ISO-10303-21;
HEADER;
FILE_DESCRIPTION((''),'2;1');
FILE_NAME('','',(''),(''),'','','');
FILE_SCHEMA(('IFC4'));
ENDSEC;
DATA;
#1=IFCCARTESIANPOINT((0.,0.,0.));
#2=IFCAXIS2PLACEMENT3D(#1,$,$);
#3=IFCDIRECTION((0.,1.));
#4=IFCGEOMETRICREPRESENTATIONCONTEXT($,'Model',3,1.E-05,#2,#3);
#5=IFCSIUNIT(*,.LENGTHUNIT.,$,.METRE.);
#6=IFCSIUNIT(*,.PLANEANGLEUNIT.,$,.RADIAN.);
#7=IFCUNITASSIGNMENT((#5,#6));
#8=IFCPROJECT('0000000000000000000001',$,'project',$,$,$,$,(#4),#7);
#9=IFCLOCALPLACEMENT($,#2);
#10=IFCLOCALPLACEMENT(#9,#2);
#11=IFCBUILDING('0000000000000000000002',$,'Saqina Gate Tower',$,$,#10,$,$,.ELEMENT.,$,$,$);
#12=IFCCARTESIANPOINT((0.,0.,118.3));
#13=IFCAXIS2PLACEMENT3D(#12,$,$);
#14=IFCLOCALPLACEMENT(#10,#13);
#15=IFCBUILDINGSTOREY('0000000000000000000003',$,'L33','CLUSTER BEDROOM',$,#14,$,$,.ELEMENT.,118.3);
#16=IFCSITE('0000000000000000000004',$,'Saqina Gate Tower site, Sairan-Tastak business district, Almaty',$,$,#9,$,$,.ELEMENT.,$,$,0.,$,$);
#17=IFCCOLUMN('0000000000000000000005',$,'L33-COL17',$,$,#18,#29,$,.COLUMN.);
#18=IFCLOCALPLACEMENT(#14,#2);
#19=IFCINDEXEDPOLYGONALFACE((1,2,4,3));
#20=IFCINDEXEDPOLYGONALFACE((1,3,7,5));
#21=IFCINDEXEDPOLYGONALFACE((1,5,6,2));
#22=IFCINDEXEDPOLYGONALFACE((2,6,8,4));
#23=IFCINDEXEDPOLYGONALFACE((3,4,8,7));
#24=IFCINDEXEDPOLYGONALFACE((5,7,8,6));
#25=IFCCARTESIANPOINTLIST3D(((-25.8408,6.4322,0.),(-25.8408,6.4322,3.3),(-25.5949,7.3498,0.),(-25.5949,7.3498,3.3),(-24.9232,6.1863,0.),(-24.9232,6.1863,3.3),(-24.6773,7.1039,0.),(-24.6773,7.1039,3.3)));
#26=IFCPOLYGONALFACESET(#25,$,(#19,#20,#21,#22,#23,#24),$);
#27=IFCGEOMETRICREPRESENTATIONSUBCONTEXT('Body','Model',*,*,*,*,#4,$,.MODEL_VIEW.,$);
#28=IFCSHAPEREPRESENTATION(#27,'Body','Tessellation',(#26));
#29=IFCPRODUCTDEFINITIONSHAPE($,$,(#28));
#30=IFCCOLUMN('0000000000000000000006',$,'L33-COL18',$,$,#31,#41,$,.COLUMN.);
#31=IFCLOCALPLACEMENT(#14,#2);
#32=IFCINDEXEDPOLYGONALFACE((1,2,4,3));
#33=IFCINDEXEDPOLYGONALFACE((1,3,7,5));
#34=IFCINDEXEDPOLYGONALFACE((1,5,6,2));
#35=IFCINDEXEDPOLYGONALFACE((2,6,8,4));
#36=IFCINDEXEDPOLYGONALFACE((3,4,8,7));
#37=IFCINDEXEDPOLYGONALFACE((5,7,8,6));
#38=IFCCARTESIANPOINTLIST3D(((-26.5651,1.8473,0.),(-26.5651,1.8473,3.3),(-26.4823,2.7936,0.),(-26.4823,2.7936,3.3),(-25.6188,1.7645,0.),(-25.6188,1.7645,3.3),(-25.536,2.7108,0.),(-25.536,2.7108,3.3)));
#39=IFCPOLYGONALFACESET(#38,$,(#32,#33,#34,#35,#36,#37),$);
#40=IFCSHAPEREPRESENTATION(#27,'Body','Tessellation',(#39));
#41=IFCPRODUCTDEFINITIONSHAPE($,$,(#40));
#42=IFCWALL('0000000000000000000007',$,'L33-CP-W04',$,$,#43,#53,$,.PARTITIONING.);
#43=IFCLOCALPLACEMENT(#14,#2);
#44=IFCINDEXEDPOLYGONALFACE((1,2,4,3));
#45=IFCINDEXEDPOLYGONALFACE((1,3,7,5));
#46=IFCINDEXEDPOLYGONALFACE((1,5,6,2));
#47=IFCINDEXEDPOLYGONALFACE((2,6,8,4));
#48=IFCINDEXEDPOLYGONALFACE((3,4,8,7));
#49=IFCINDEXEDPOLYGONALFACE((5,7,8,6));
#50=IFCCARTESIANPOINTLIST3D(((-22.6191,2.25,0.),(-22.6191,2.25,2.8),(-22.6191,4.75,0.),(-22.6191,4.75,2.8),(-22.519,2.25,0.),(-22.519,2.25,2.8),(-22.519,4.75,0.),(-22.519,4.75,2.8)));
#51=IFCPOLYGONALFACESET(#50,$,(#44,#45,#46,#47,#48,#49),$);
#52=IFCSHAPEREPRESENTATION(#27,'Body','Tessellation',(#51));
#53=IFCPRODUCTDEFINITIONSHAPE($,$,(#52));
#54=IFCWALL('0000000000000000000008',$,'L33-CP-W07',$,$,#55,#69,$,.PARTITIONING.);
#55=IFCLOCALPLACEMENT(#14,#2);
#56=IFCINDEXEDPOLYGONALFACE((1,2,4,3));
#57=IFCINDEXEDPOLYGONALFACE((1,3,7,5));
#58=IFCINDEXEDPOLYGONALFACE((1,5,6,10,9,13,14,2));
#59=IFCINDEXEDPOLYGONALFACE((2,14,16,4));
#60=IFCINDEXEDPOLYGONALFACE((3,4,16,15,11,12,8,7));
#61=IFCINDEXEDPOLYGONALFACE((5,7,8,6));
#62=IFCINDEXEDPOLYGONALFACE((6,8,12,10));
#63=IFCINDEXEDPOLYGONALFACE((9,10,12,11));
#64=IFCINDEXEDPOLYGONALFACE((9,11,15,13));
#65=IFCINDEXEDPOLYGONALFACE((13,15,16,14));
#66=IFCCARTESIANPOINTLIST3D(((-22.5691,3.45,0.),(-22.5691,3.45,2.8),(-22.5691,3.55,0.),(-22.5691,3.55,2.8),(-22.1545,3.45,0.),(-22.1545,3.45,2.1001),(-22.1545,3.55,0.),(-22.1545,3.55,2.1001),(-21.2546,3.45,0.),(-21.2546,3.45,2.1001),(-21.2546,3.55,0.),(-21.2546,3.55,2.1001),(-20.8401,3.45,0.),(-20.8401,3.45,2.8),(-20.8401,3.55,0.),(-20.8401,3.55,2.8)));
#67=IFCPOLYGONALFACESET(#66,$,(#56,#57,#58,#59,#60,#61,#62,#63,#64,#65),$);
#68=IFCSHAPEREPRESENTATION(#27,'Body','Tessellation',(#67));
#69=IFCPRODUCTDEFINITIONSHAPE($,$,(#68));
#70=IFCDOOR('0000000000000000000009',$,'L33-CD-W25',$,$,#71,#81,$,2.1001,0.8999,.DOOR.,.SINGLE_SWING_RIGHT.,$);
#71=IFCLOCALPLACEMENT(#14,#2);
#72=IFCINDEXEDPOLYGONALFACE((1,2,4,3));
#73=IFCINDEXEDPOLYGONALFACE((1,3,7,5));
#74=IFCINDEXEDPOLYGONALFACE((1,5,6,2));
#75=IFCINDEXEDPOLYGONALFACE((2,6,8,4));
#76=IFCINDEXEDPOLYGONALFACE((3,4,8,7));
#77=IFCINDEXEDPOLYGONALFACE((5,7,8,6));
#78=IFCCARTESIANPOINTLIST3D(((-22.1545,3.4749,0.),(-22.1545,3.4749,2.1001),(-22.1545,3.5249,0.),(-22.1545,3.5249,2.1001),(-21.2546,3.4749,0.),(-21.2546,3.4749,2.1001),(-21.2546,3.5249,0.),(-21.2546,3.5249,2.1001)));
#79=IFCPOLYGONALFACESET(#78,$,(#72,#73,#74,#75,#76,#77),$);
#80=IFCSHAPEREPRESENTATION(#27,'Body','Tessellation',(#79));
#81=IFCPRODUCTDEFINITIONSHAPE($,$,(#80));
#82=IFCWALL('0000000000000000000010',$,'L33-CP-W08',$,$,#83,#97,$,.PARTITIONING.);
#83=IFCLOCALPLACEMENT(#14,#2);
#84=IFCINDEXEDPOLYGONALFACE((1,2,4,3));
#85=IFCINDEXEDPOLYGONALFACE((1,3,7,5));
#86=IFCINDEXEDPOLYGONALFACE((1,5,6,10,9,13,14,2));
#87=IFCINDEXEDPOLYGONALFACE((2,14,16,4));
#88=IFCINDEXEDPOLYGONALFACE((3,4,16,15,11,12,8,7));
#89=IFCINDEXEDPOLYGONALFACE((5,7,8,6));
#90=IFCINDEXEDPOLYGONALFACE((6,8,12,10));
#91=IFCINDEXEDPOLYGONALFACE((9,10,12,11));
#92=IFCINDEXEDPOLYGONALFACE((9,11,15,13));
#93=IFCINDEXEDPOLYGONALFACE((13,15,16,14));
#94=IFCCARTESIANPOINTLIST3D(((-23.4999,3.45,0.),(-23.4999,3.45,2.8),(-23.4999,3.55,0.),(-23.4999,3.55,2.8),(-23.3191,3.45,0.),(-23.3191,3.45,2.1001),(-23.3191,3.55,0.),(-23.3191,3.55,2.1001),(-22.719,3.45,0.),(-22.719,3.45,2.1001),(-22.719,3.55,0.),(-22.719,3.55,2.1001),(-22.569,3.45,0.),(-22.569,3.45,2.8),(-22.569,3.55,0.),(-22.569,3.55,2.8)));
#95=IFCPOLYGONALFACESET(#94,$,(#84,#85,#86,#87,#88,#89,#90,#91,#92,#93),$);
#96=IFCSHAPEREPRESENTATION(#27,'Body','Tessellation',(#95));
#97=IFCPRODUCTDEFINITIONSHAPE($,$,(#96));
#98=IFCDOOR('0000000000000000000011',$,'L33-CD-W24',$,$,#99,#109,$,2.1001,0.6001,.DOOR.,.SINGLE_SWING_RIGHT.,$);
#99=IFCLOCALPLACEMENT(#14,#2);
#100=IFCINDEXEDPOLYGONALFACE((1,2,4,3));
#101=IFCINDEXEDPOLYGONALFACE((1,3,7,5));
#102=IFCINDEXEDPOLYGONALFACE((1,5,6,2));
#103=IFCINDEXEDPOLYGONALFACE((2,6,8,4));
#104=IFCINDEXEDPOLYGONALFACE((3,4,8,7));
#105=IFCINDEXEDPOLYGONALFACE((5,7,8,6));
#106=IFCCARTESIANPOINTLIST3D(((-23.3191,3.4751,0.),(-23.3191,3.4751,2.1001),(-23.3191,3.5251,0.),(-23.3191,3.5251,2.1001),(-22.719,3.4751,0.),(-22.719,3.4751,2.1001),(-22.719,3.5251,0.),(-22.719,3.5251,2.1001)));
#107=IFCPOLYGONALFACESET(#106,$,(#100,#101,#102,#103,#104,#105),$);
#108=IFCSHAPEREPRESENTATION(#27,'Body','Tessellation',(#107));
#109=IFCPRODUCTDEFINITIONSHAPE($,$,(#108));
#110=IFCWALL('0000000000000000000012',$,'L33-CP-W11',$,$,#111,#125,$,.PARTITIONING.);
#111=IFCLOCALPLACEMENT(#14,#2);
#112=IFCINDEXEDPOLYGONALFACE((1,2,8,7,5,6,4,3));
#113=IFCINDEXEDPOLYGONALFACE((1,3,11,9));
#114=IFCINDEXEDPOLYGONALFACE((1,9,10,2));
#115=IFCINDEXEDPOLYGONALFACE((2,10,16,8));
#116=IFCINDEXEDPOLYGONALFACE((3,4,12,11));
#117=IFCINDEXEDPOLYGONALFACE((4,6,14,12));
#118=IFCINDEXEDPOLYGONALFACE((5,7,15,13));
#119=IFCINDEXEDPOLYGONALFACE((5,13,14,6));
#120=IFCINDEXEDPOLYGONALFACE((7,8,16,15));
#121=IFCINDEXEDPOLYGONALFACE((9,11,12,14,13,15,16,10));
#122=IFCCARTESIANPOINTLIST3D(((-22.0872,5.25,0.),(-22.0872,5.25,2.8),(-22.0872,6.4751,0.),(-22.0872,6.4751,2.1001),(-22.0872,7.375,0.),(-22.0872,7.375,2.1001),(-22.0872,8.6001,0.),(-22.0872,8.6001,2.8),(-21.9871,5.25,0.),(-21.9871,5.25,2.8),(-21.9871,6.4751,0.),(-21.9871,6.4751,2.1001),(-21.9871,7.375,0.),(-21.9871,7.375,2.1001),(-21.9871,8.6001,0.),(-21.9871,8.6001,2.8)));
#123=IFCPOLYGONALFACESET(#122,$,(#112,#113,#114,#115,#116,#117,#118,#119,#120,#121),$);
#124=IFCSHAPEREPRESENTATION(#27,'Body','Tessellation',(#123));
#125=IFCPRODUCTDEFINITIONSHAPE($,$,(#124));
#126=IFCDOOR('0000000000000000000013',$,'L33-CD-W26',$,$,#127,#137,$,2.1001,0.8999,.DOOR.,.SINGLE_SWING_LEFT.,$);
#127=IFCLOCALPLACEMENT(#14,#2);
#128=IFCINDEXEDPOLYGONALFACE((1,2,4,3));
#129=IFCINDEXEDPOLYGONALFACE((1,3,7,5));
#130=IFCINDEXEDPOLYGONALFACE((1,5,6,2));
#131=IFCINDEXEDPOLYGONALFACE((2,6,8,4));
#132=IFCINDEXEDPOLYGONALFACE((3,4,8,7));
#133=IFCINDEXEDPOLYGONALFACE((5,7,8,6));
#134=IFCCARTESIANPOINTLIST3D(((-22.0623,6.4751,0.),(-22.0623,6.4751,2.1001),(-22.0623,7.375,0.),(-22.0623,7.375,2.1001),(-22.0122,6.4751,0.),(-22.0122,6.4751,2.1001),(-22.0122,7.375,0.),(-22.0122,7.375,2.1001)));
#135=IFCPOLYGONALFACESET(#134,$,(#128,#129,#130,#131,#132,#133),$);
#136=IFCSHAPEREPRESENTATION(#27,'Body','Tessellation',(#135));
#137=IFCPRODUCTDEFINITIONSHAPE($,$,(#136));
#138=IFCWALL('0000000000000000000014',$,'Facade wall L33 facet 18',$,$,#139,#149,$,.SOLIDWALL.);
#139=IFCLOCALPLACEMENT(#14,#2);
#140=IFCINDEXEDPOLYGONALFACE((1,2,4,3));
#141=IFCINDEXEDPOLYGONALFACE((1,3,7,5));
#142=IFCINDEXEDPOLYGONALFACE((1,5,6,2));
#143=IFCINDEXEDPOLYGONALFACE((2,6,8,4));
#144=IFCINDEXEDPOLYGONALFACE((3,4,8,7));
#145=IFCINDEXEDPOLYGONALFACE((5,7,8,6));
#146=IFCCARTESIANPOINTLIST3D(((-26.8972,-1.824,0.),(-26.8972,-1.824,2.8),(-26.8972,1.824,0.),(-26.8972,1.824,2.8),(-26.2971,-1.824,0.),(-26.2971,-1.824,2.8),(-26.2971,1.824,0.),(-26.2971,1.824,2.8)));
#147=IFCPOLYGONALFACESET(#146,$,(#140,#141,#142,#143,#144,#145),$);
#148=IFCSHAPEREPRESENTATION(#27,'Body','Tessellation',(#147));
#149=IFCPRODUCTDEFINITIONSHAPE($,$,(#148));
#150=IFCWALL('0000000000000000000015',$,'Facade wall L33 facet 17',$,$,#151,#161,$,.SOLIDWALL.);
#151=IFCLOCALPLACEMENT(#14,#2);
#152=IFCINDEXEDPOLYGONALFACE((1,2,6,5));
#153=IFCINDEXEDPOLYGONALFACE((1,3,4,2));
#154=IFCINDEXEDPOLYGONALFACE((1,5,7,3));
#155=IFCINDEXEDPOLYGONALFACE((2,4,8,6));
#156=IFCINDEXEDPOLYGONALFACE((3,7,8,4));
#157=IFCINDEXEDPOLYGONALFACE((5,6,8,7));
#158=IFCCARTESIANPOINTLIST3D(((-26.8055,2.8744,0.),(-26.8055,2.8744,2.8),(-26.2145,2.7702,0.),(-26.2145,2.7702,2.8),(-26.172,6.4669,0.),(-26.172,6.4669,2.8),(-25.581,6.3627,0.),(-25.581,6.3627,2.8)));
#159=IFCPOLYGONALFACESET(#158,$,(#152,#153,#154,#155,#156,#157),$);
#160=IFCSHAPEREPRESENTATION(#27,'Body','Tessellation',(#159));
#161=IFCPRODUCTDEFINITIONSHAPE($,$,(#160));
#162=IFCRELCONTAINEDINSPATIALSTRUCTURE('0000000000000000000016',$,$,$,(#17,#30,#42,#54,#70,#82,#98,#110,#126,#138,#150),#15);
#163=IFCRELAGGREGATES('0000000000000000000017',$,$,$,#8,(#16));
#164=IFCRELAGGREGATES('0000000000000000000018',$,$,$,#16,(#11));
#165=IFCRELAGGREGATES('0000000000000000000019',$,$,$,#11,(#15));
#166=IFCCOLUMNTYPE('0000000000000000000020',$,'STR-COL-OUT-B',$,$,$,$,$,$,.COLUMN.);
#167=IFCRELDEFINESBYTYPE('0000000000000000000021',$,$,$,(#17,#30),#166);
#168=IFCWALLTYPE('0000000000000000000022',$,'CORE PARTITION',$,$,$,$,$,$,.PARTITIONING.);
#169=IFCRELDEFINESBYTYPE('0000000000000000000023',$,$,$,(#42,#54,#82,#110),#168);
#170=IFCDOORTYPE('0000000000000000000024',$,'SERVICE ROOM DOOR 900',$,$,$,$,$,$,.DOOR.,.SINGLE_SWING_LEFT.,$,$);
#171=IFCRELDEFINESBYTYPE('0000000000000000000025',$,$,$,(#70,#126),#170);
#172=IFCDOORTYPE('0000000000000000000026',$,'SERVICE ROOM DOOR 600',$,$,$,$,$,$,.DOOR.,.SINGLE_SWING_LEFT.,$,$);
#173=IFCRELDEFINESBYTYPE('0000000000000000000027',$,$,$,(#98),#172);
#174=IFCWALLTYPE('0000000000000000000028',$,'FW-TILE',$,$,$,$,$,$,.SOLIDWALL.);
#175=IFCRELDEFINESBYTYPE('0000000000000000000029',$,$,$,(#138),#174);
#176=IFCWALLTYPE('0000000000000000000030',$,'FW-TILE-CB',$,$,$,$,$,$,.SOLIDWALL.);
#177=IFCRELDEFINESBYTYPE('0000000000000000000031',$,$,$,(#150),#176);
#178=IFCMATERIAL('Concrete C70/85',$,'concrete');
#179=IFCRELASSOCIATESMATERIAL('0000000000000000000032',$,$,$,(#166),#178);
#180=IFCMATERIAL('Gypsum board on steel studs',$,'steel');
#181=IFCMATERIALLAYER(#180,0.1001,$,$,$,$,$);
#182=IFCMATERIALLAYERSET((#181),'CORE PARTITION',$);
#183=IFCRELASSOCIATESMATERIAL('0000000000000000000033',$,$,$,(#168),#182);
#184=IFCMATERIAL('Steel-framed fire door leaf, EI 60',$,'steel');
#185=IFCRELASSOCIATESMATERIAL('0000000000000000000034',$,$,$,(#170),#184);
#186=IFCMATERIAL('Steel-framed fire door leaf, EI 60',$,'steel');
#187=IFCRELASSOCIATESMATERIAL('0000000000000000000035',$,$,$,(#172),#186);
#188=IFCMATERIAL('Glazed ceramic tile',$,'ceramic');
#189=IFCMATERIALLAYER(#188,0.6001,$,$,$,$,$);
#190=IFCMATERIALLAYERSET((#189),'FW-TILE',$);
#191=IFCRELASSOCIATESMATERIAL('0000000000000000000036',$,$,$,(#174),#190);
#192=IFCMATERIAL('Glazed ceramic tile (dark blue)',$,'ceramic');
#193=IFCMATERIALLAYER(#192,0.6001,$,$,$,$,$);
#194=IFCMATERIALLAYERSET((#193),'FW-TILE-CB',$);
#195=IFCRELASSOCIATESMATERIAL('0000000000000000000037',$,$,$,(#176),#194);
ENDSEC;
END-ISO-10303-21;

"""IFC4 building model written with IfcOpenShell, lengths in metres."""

from ifc_helpers import new_model, si_unit, direction, frame, frame_2d, origin, origin_2d, place, context, subcontext, project, spatial, rectangle, extrude, material, layer, layer_set, material_profile, profile_set, type_object, element, fill, save


model = new_model("IFC4")

# Units and contexts
model_context = context("Model", 3, precision=1e-05, world=origin(), true_north=direction((0.0, 1.0)))
body_context = subcontext(model_context, "Body", "Model", "MODEL_VIEW")
ifc_project = project(units=[si_unit("LENGTHUNIT", "METRE"), si_unit("PLANEANGLEUNIT", "RADIAN")], contexts=[model_context])

# Site, building, storey
site_placement = place(None, origin())
site = spatial("IfcSite", under=ifc_project, at=site_placement, Name="Saqina Gate Tower site, Sairan-Tastak business district, Almaty", CompositionType="ELEMENT", RefElevation=0.0)
building_placement = place(site_placement, origin())
building = spatial("IfcBuilding", under=site, at=building_placement, Name="Saqina Gate Tower", CompositionType="ELEMENT")
storey_placement = place(building_placement, frame((0.0, 0.0, 118.3)))
storey = spatial("IfcBuildingStorey", under=building, at=storey_placement, Name="L33", Description="CLUSTER BEDROOM", CompositionType="ELEMENT", Elevation=118.3)

# Columns
ifc_material_1 = material(Name="Concrete C70/85", Category="concrete")
ifc_material_profile = material_profile(ifc_material_1, rectangle(XDim=0.95, YDim=0.95, at=origin_2d()), Name="RC 950x950")
ifc_profile_set = profile_set([ifc_material_profile], Name="Concrete C70/85")
column_type = type_object("IfcColumnType", Name="STR-COL-OUT-B", PredefinedType="COLUMN", material=ifc_profile_set)
for number, where, z_axis, x_axis, name in (
    (1, (-25.259, 6.7681, 0.0), (0.0, 0.0, 1.0), (-0.965926, 0.258819, 0.0), "L33-COL17"),
    (2, (-26.0505, 2.2791, 0.0), (0.0, 0.0, 1.0), (-0.996195, 0.087156, 0.0), "L33-COL18"),
):
    element("IfcColumn", number, at=place(storey_placement, frame(where, z_axis=z_axis, x_axis=x_axis)), inside=storey, type_object=column_type, Name=name, PredefinedType="COLUMN", context=body_context, shape_type="SweptSolid", body=[
        extrude(rectangle(XDim=0.95, YDim=0.95, at=origin_2d()), origin(), (0.0, 0.0, 1.0), 3.3),
    ])

# Wall
ifc_material_2 = material(Name="Gypsum board on steel studs", Category="steel")
ifc_layer_1 = layer(ifc_material_2, 0.1001)
ifc_layer_set_1 = layer_set([ifc_layer_1], Name="CORE PARTITION")
wall_type_1 = type_object("IfcWallType", Name="CORE PARTITION", PredefinedType="PARTITIONING", material=ifc_layer_set_1)
wall_1_placement = place(storey_placement, frame((-22.5691, 2.25, 0.0), z_axis=(0.0, 0.0, 1.0), x_axis=(0.0, 1.0, 0.0)))
element("IfcWall", 3, at=wall_1_placement, inside=storey, type_object=wall_type_1, Name="L33-CP-W04", PredefinedType="PARTITIONING", context=body_context, shape_type="SweptSolid", body=[
    extrude(rectangle(XDim=2.5, YDim=0.1001, at=frame_2d((1.25, 0.0))), origin(), (0.0, 0.0, 1.0), 2.8),
])

# Walls, openings, doors
wall_2_placement = place(storey_placement, frame((-20.8401, 3.5, 0.0), z_axis=(0.0, 0.0, 1.0), x_axis=(-1.0, 0.0, 0.0)))
wall_2 = element("IfcWall", 4, at=wall_2_placement, inside=storey, type_object=wall_type_1, Name="L33-CP-W07", PredefinedType="PARTITIONING", context=body_context, shape_type="SweptSolid", body=[
    extrude(rectangle(XDim=1.729, YDim=0.1001, at=frame_2d((0.8645, 0.0))), origin(), (0.0, 0.0, 1.0), 2.8),
])
opening_1_placement = place(wall_2_placement, frame((0.4146, 0.0, 0.0)))
opening_1 = element("IfcOpeningElement", 5, at=opening_1_placement, cuts=wall_2, PredefinedType="OPENING", context=body_context, shape_type="SweptSolid", body=[
    extrude(rectangle(XDim=0.8999, YDim=2.1001, at=frame_2d((0.45, 1.05))), frame((0.0, 0.062, 0.0), z_axis=(0.0, -1.0, 0.0), x_axis=(1.0, 0.0, 0.0)), (0.0, 0.0, 1.0), 0.124),
])
ifc_material_3 = material(Name="Steel-framed fire door leaf, EI 60", Category="steel")
door_type_1 = type_object("IfcDoorType", Name="SERVICE ROOM DOOR 900", OperationType="SINGLE_SWING_LEFT", PredefinedType="DOOR", material=ifc_material_3)
door_1_placement = place(opening_1_placement, frame((0.8999, 0.0, 0.0), z_axis=(0.0, 0.0, 1.0), x_axis=(-1.0, 0.0, 0.0)))
door_1 = element("IfcDoor", 6, at=door_1_placement, inside=storey, type_object=door_type_1, Name="L33-CD-W25", OperationType="SINGLE_SWING_RIGHT", OverallHeight=2.1001, OverallWidth=0.8999, PredefinedType="DOOR", context=body_context, shape_type="SweptSolid", body=[
    extrude(rectangle(XDim=0.8999, YDim=2.1001, at=frame_2d((0.45, 1.05))), frame((0.0, 0.0249, 0.0), z_axis=(0.0, -1.0, 0.0), x_axis=(1.0, 0.0, 0.0)), (0.0, 0.0, 1.0), 0.05),
])
fill(opening_1, door_1)
wall_3_placement = place(storey_placement, frame((-22.5691, 3.5, 0.0), z_axis=(0.0, 0.0, 1.0), x_axis=(-1.0, 0.0, 0.0)))
wall_3 = element("IfcWall", 7, at=wall_3_placement, inside=storey, type_object=wall_type_1, Name="L33-CP-W08", PredefinedType="PARTITIONING", context=body_context, shape_type="SweptSolid", body=[
    extrude(rectangle(XDim=0.9309, YDim=0.1001, at=frame_2d((0.4653, 0.0))), origin(), (0.0, 0.0, 1.0), 2.8),
])
opening_2_placement = place(wall_3_placement, frame((0.1499, 0.0, 0.0)))
opening_2 = element("IfcOpeningElement", 8, at=opening_2_placement, cuts=wall_3, PredefinedType="OPENING", context=body_context, shape_type="SweptSolid", body=[
    extrude(rectangle(XDim=0.6001, YDim=2.1001, at=frame_2d((0.3, 1.05))), frame((0.0, 0.062, 0.0), z_axis=(0.0, -1.0, 0.0), x_axis=(1.0, 0.0, 0.0)), (0.0, 0.0, 1.0), 0.124),
])
ifc_material_4 = material(Name="Steel-framed fire door leaf, EI 60", Category="steel")
door_type_2 = type_object("IfcDoorType", Name="SERVICE ROOM DOOR 600", OperationType="SINGLE_SWING_LEFT", PredefinedType="DOOR", material=ifc_material_4)
door_2_placement = place(opening_2_placement, origin())
door_2 = element("IfcDoor", 9, at=door_2_placement, inside=storey, type_object=door_type_2, Name="L33-CD-W24", OperationType="SINGLE_SWING_RIGHT", OverallHeight=2.1001, OverallWidth=0.6001, PredefinedType="DOOR", context=body_context, shape_type="SweptSolid", body=[
    extrude(rectangle(XDim=0.6001, YDim=2.1001, at=frame_2d((0.3, 1.05))), frame((0.0, 0.0249, 0.0), z_axis=(0.0, -1.0, 0.0), x_axis=(1.0, 0.0, 0.0)), (0.0, 0.0, 1.0), 0.05),
])
fill(opening_2, door_2)
wall_4_placement = place(storey_placement, frame((-22.0371, 5.25, 0.0), z_axis=(0.0, 0.0, 1.0), x_axis=(0.0, 1.0, 0.0)))
wall_4 = element("IfcWall", 10, at=wall_4_placement, inside=storey, type_object=wall_type_1, Name="L33-CP-W11", PredefinedType="PARTITIONING", context=body_context, shape_type="SweptSolid", body=[
    extrude(rectangle(XDim=3.3501, YDim=0.1001, at=frame_2d((1.675, 0.0))), origin(), (0.0, 0.0, 1.0), 2.8),
])
opening_3_placement = place(wall_4_placement, frame((1.2251, 0.0, 0.0)))
opening_3 = element("IfcOpeningElement", 11, at=opening_3_placement, cuts=wall_4, PredefinedType="OPENING", context=body_context, shape_type="SweptSolid", body=[
    extrude(rectangle(XDim=0.8999, YDim=2.1001, at=frame_2d((0.45, 1.05))), frame((0.0, 0.062, 0.0), z_axis=(0.0, -1.0, 0.0), x_axis=(1.0, 0.0, 0.0)), (0.0, 0.0, 1.0), 0.124),
])
door_3_placement = place(opening_3_placement, frame((0.8999, 0.0, 0.0), z_axis=(0.0, 0.0, 1.0), x_axis=(-1.0, 0.0, 0.0)))
door_3 = element("IfcDoor", 12, at=door_3_placement, inside=storey, type_object=door_type_1, Name="L33-CD-W26", OperationType="SINGLE_SWING_LEFT", OverallHeight=2.1001, OverallWidth=0.8999, PredefinedType="DOOR", context=body_context, shape_type="SweptSolid", body=[
    extrude(rectangle(XDim=0.8999, YDim=2.1001, at=frame_2d((0.45, 1.05))), frame((0.0, 0.0249, 0.0), z_axis=(0.0, -1.0, 0.0), x_axis=(1.0, 0.0, 0.0)), (0.0, 0.0, 1.0), 0.05),
])
fill(opening_3, door_3)

# Walls
ifc_material_5 = material(Name="Glazed ceramic tile", Category="ceramic")
ifc_layer_2 = layer(ifc_material_5, 0.6001)
ifc_layer_set_2 = layer_set([ifc_layer_2], Name="FW-TILE")
wall_type_2 = type_object("IfcWallType", Name="FW-TILE", PredefinedType="SOLIDWALL", material=ifc_layer_set_2)
wall_5_placement = place(storey_placement, frame((-26.5972, 1.824, 0.0), z_axis=(0.0, 0.0, 1.0), x_axis=(0.0, -1.0, 0.0)))
element("IfcWall", 13, at=wall_5_placement, inside=storey, type_object=wall_type_2, Name="Facade wall L33 facet 18", PredefinedType="SOLIDWALL", context=body_context, shape_type="SweptSolid", body=[
    extrude(rectangle(XDim=3.6479, YDim=0.6001, at=frame_2d((1.824, 0.0))), origin(), (0.0, 0.0, 1.0), 2.8),
])
ifc_material_6 = material(Name="Glazed ceramic tile (dark blue)", Category="ceramic")
ifc_layer_3 = layer(ifc_material_6, 0.6001)
ifc_layer_set_3 = layer_set([ifc_layer_3], Name="FW-TILE-CB")
wall_type_3 = type_object("IfcWallType", Name="FW-TILE-CB", PredefinedType="SOLIDWALL", material=ifc_layer_set_3)
wall_6_placement = place(storey_placement, frame((-25.8765, 6.4148, 0.0), z_axis=(0.0, 0.0, 1.0), x_axis=(-0.173671, -0.984804, 0.0)))
element("IfcWall", 14, at=wall_6_placement, inside=storey, type_object=wall_type_3, Name="Facade wall L33 facet 17", PredefinedType="SOLIDWALL", context=body_context, shape_type="SweptSolid", body=[
    extrude(rectangle(XDim=3.6479, YDim=0.6001, at=frame_2d((1.824, 0.0))), origin(), (0.0, 0.0, 1.0), 2.8),
])

save(model, "model.ifc")
